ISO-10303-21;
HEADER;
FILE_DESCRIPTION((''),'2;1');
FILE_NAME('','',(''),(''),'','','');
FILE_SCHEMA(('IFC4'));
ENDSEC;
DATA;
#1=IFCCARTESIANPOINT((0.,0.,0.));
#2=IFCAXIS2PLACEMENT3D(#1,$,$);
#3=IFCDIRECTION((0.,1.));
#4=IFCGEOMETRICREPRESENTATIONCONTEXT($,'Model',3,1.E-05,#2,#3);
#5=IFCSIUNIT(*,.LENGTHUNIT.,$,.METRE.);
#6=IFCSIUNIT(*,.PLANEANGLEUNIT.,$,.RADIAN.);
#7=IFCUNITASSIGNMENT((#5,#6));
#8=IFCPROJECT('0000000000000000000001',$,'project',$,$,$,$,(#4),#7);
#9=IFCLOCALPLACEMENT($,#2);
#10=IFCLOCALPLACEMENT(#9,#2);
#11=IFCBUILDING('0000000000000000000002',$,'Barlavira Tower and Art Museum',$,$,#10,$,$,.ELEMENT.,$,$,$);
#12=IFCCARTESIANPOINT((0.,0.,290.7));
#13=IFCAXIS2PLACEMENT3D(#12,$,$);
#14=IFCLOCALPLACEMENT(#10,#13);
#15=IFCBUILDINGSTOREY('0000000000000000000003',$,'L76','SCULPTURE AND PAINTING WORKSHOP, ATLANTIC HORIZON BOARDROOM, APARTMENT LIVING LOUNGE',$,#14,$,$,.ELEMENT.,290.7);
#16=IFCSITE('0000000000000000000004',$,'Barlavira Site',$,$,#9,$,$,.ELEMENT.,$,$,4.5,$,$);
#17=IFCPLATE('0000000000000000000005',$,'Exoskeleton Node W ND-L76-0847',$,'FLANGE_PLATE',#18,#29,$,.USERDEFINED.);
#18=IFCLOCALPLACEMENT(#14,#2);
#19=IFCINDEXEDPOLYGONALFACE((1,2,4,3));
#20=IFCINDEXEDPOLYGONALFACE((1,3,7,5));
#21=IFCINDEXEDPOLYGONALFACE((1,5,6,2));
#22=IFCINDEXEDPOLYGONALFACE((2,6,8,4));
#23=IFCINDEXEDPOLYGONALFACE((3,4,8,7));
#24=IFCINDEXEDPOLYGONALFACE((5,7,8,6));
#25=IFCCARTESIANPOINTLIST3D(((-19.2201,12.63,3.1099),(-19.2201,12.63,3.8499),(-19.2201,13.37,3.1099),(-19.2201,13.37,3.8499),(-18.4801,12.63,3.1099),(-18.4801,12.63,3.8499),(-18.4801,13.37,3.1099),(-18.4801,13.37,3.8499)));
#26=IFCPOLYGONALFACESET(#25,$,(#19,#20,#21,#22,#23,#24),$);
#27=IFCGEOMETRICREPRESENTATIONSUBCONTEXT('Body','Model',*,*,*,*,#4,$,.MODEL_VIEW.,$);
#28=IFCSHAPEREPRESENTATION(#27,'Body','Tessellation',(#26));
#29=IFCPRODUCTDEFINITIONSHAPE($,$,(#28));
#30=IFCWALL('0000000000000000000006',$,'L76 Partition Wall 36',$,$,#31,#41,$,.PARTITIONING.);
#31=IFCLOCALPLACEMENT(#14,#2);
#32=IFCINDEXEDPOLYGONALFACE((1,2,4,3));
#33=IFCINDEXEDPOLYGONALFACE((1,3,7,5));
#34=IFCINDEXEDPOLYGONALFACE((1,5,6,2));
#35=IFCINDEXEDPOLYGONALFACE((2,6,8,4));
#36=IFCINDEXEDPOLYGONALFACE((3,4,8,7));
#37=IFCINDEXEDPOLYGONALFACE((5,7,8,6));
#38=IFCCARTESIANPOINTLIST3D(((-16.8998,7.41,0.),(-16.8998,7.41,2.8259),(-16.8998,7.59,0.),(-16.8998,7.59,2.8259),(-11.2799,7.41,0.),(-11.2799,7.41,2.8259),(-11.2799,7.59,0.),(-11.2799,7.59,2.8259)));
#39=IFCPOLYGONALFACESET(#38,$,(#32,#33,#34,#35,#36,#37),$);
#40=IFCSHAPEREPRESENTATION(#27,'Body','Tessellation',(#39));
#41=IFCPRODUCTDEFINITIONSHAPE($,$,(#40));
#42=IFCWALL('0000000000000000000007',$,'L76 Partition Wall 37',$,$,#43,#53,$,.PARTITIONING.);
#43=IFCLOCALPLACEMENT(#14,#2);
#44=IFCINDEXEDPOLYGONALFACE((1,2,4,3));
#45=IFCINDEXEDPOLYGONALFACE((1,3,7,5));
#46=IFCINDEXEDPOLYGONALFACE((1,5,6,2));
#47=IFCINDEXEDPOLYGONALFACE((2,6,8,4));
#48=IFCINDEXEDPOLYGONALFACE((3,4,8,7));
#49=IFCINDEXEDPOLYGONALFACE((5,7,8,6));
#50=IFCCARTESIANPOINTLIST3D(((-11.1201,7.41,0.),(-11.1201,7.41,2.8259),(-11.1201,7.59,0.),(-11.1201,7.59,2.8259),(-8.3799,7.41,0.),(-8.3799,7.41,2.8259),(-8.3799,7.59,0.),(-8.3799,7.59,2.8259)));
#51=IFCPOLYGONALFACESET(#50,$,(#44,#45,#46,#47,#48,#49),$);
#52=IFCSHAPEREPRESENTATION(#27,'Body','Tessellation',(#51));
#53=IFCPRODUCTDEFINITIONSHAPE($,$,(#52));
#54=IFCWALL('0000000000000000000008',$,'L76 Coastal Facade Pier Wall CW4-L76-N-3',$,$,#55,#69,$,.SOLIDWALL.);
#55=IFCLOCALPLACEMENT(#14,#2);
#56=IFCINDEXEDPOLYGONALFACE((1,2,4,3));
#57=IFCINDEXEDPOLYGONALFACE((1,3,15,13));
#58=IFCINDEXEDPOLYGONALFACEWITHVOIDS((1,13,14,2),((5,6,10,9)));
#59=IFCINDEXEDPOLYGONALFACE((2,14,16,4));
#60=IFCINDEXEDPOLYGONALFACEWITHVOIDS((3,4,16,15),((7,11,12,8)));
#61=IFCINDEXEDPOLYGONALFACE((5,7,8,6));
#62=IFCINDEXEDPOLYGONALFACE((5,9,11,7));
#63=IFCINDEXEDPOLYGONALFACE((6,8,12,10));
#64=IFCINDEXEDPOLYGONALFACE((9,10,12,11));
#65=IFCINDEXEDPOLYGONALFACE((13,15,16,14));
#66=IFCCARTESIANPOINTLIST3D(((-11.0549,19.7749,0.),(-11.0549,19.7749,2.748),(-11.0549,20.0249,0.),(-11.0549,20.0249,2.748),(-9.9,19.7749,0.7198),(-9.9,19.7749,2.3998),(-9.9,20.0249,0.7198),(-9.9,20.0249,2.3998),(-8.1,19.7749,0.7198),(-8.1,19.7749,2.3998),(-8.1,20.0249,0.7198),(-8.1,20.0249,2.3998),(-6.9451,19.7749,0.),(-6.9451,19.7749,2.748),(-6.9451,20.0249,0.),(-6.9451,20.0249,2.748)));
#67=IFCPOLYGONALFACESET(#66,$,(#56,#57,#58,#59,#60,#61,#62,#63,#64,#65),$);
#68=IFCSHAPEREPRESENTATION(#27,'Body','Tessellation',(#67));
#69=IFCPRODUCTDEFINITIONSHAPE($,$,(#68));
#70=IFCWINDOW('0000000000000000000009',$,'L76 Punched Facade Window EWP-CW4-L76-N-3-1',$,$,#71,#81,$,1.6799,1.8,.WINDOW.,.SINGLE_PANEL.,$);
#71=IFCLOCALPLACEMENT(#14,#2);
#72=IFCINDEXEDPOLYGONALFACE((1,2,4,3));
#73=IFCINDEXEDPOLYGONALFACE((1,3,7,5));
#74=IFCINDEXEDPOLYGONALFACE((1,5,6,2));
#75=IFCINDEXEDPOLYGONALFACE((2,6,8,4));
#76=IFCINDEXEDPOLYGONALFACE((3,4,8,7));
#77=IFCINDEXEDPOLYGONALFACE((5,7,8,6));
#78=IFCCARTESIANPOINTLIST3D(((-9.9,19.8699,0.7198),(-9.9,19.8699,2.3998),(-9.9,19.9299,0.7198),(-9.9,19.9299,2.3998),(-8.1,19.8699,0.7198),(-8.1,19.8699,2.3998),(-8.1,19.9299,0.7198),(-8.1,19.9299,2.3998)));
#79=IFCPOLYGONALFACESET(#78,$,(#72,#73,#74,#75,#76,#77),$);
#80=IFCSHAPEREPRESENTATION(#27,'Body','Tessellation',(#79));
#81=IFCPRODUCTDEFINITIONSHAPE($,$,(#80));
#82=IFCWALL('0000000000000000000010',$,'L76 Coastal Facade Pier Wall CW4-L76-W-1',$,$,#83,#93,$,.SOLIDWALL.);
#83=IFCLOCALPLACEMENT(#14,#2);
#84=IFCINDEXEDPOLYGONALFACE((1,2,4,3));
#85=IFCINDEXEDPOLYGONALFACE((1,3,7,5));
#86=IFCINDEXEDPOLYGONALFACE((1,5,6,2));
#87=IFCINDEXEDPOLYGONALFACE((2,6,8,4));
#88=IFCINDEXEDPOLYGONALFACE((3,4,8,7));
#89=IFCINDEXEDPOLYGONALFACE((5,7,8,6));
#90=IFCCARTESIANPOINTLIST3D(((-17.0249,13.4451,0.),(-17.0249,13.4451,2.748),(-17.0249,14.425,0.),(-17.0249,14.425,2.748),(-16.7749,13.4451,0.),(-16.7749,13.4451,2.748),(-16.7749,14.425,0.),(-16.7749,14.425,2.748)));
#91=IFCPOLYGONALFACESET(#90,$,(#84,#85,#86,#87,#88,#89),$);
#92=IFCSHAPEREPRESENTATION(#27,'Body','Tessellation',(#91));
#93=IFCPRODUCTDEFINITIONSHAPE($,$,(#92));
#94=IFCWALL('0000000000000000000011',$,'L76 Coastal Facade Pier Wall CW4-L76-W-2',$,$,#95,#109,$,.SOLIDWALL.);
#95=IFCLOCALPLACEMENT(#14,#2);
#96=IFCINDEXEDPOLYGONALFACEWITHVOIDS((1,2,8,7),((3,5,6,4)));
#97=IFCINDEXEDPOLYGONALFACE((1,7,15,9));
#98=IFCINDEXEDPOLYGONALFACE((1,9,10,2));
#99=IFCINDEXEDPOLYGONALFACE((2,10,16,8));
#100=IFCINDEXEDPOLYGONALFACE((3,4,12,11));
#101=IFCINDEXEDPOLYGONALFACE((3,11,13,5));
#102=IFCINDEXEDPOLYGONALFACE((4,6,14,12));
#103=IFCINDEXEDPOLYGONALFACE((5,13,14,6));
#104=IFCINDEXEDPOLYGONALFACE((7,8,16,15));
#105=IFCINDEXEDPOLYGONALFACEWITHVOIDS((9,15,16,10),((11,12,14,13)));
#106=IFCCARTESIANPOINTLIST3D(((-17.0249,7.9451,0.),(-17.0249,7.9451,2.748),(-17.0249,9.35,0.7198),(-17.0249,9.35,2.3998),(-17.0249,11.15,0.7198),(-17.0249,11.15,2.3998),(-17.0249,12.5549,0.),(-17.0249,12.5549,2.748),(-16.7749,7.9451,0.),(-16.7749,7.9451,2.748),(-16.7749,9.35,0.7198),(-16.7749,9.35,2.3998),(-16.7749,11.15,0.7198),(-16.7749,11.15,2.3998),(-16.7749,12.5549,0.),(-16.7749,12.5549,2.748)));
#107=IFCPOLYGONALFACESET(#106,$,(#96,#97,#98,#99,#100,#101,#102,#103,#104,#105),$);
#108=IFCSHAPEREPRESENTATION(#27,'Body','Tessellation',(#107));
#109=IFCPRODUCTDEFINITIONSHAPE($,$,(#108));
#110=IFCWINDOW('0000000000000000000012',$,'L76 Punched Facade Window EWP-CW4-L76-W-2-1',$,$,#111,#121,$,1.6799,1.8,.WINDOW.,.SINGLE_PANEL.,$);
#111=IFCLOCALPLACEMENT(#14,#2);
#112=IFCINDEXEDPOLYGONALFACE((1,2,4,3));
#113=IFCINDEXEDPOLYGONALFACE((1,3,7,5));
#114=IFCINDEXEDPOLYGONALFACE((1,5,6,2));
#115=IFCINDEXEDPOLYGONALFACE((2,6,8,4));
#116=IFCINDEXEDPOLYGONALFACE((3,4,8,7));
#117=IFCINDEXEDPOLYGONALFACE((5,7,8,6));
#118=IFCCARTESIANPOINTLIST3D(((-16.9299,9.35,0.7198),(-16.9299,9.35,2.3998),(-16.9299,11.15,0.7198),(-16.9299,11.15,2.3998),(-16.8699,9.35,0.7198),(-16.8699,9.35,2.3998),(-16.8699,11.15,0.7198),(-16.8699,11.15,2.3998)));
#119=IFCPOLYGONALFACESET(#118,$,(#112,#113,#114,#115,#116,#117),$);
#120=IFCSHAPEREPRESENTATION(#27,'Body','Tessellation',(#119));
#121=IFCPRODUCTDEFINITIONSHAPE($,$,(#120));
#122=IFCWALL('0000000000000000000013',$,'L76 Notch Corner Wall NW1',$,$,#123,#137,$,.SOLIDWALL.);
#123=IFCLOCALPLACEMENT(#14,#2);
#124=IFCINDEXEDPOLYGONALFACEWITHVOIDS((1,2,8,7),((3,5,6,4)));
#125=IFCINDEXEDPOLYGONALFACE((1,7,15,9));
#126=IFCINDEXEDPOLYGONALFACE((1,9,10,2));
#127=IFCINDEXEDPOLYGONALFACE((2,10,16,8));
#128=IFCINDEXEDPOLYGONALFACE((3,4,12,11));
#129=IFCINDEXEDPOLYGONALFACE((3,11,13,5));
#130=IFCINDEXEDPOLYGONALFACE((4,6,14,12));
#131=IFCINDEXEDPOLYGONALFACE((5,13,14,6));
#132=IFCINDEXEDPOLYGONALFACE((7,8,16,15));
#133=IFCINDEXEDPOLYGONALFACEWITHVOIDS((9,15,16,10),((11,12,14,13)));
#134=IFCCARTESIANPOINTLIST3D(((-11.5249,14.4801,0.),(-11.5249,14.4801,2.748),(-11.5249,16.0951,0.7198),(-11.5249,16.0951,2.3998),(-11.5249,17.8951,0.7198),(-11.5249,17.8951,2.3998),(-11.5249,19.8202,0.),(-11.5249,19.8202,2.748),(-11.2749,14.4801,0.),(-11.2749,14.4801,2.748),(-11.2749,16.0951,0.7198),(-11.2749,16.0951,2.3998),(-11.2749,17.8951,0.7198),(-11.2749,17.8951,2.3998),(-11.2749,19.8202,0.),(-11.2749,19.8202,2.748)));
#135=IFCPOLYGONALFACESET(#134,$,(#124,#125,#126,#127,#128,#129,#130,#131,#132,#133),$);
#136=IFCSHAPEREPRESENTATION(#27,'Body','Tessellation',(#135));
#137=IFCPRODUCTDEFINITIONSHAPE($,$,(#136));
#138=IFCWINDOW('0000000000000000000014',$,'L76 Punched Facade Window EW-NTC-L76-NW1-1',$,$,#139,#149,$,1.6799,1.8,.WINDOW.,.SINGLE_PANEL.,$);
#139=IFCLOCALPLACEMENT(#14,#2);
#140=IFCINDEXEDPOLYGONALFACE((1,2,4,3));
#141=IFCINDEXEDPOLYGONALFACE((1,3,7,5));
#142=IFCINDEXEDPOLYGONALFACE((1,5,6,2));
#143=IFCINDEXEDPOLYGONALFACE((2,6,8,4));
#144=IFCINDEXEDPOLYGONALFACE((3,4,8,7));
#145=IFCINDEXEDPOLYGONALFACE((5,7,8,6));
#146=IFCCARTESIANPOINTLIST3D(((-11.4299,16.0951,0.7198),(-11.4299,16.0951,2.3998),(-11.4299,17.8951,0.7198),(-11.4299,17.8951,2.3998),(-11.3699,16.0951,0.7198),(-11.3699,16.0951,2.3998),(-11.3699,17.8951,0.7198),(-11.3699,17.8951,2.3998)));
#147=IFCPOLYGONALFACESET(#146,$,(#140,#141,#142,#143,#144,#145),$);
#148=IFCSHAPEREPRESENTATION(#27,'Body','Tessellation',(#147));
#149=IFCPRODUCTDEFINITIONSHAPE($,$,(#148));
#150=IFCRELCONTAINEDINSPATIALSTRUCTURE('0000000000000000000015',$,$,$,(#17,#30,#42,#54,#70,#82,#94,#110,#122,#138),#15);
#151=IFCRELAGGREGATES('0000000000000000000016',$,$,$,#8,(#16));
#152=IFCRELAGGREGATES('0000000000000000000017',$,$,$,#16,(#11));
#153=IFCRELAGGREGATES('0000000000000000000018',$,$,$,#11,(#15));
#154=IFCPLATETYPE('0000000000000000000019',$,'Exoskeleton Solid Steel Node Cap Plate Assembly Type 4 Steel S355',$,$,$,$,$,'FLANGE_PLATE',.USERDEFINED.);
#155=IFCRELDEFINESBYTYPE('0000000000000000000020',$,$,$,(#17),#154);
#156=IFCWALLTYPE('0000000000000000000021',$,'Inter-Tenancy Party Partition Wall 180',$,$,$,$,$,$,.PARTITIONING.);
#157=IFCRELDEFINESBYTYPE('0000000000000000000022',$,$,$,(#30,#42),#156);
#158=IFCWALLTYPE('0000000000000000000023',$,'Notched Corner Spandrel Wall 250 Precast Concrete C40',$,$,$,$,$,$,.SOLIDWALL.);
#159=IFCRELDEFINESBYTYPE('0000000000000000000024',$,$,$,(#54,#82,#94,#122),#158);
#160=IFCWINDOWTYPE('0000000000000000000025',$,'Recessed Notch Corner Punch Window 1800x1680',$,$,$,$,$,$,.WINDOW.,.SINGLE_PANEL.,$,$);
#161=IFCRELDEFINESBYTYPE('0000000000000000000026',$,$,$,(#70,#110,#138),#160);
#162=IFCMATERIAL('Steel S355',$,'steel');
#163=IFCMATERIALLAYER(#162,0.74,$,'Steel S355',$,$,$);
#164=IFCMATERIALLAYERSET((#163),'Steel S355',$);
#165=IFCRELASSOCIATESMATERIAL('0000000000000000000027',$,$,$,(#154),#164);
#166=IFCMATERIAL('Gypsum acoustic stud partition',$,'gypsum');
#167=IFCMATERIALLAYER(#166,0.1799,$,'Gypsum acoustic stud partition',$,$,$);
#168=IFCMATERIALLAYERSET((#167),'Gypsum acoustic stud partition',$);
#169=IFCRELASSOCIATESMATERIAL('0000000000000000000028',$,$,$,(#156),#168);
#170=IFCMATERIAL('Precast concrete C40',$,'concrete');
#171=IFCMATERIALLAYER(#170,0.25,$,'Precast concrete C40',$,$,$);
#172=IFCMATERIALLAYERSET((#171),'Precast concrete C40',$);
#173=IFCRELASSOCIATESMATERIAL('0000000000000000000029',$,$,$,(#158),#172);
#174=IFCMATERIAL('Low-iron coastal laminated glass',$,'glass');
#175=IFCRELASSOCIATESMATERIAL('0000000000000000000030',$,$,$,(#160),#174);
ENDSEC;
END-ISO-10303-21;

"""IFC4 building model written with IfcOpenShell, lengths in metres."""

from ifc_helpers import new_model, si_unit, direction, frame, frame_2d, origin, origin_2d, place, context, subcontext, project, spatial, rectangle, extrude, material, layer, layer_set, type_object, element, fill, save


model = new_model("IFC4")

# Units and contexts
model_context = context("Model", 3, precision=1e-05, world=origin(), true_north=direction((0.0, 1.0)))
body_context = subcontext(model_context, "Body", "Model", "MODEL_VIEW")
ifc_project = project(units=[si_unit("LENGTHUNIT", "METRE"), si_unit("PLANEANGLEUNIT", "RADIAN")], contexts=[model_context])

# Site, building, storey
site_placement = place(None, origin())
site = spatial("IfcSite", under=ifc_project, at=site_placement, Name="Barlavira Site", CompositionType="ELEMENT", RefElevation=4.5)
building_placement = place(site_placement, origin())
building = spatial("IfcBuilding", under=site, at=building_placement, Name="Barlavira Tower and Art Museum", CompositionType="ELEMENT")
storey_placement = place(building_placement, frame((0.0, 0.0, 290.7)))
storey = spatial("IfcBuildingStorey", under=building, at=storey_placement, Name="L76", Description="SCULPTURE AND PAINTING WORKSHOP, ATLANTIC HORIZON BOARDROOM, APARTMENT LIVING LOUNGE", CompositionType="ELEMENT", Elevation=290.7)

# Shared definitions
ifc_material_1 = material(Name="Steel S355", Category="steel")

# Plate
ifc_layer_1 = layer(ifc_material_1, 0.74, Name="Steel S355")
ifc_layer_set_1 = layer_set([ifc_layer_1], Name="Steel S355")
plate_type = type_object("IfcPlateType", Name="Exoskeleton Solid Steel Node Cap Plate Assembly Type 4 Steel S355", ElementType="FLANGE_PLATE", PredefinedType="USERDEFINED", material=ifc_layer_set_1)
for number, where, z_axis, x_axis, name in (
    (1, (-18.8501, 13.0, 3.1099), (0.0, 0.0, 1.0), (1.0, 0.0, 0.0), "Exoskeleton Node W ND-L76-0847"),
):
    element("IfcPlate", number, at=place(storey_placement, frame(where, z_axis=z_axis, x_axis=x_axis)), inside=storey, type_object=plate_type, Name=name, ObjectType="FLANGE_PLATE", PredefinedType="USERDEFINED", context=body_context, shape_type="SweptSolid", body=[
        extrude(rectangle(XDim=0.74, YDim=0.74, at=origin_2d()), origin(), (0.0, 0.0, 1.0), 0.74),
    ])

# Walls
ifc_material_2 = material(Name="Gypsum acoustic stud partition", Category="gypsum")
ifc_layer_2 = layer(ifc_material_2, 0.1799, Name="Gypsum acoustic stud partition")
ifc_layer_set_2 = layer_set([ifc_layer_2], Name="Gypsum acoustic stud partition")
wall_type_1 = type_object("IfcWallType", Name="Inter-Tenancy Party Partition Wall 180", PredefinedType="PARTITIONING", material=ifc_layer_set_2)
wall_1_placement = place(storey_placement, frame((-16.8999, 7.5, 0.0), z_axis=(0.0, 0.0, 1.0), x_axis=(1.0, 0.0, 0.0)))
element("IfcWall", 2, at=wall_1_placement, inside=storey, type_object=wall_type_1, Name="L76 Partition Wall 36", PredefinedType="PARTITIONING", context=body_context, shape_type="SweptSolid", body=[
    extrude(rectangle(XDim=5.6199, YDim=0.1799, at=frame_2d((2.8101, 0.0))), origin(), (0.0, 0.0, 1.0), 2.8259),
])
wall_2_placement = place(storey_placement, frame((-11.1201, 7.5, 0.0), z_axis=(0.0, 0.0, 1.0), x_axis=(1.0, 0.0, 0.0)))
element("IfcWall", 3, at=wall_2_placement, inside=storey, type_object=wall_type_1, Name="L76 Partition Wall 37", PredefinedType="PARTITIONING", context=body_context, shape_type="SweptSolid", body=[
    extrude(rectangle(XDim=2.7402, YDim=0.1799, at=frame_2d((1.3701, 0.0))), origin(), (0.0, 0.0, 1.0), 2.8259),
])

# Wall, opening, window
ifc_material_3 = material(Name="Precast concrete C40", Category="concrete")
ifc_layer_3 = layer(ifc_material_3, 0.25, Name="Precast concrete C40")
ifc_layer_set_3 = layer_set([ifc_layer_3], Name="Precast concrete C40")
wall_type_2 = type_object("IfcWallType", Name="Notched Corner Spandrel Wall 250 Precast Concrete C40", PredefinedType="SOLIDWALL", material=ifc_layer_set_3)
wall_3_placement = place(storey_placement, frame((-6.9451, 19.8999, 0.0), z_axis=(0.0, 0.0, 1.0), x_axis=(-1.0, 0.0, 0.0)))
wall_3 = element("IfcWall", 4, at=wall_3_placement, inside=storey, type_object=wall_type_2, Name="L76 Coastal Facade Pier Wall CW4-L76-N-3", PredefinedType="SOLIDWALL", context=body_context, shape_type="SweptSolid", body=[
    extrude(rectangle(XDim=4.1099, YDim=0.25, at=frame_2d((2.0549, 0.0))), origin(), (0.0, 0.0, 1.0), 2.748),
])
opening_1_placement = place(wall_3_placement, frame((1.155, 0.0, 0.72)))
opening_1 = element("IfcOpeningElement", 5, at=opening_1_placement, cuts=wall_3, PredefinedType="OPENING", context=body_context, shape_type="SweptSolid", body=[
    extrude(rectangle(XDim=1.8, YDim=1.6799, at=frame_2d((0.8999, 0.8398))), frame((0.0, 0.135, 0.0), z_axis=(0.0, -1.0, 0.0), x_axis=(1.0, 0.0, 0.0)), (0.0, 0.0, 1.0), 0.27),
])
ifc_material_4 = material(Name="Low-iron coastal laminated glass", Category="glass")
window_type = type_object("IfcWindowType", Name="Recessed Notch Corner Punch Window 1800x1680", PartitioningType="SINGLE_PANEL", PredefinedType="WINDOW", material=ifc_material_4)
window_1_placement = place(opening_1_placement, origin())
window_1 = element("IfcWindow", 6, at=window_1_placement, inside=storey, type_object=window_type, Name="L76 Punched Facade Window EWP-CW4-L76-N-3-1", OverallHeight=1.6799, OverallWidth=1.8, PartitioningType="SINGLE_PANEL", PredefinedType="WINDOW", context=body_context, shape_type="SweptSolid", body=[
    extrude(rectangle(XDim=1.8, YDim=1.6799, at=frame_2d((0.8999, 0.8398))), frame((0.0, 0.03, 0.0), z_axis=(0.0, -1.0, 0.0), x_axis=(1.0, 0.0, 0.0)), (0.0, 0.0, 1.0), 0.0601),
])
fill(opening_1, window_1)

# Wall
wall_4_placement = place(storey_placement, frame((-16.8999, 14.425, 0.0), z_axis=(0.0, 0.0, 1.0), x_axis=(0.0, -1.0, 0.0)))
element("IfcWall", 7, at=wall_4_placement, inside=storey, type_object=wall_type_2, Name="L76 Coastal Facade Pier Wall CW4-L76-W-1", PredefinedType="SOLIDWALL", context=body_context, shape_type="SweptSolid", body=[
    extrude(rectangle(XDim=0.98, YDim=0.25, at=frame_2d((0.49, 0.0))), origin(), (0.0, 0.0, 1.0), 2.748),
])

# Walls, openings, windows
wall_5_placement = place(storey_placement, frame((-16.8999, 12.5549, 0.0), z_axis=(0.0, 0.0, 1.0), x_axis=(0.0, -1.0, 0.0)))
wall_5 = element("IfcWall", 8, at=wall_5_placement, inside=storey, type_object=wall_type_2, Name="L76 Coastal Facade Pier Wall CW4-L76-W-2", PredefinedType="SOLIDWALL", context=body_context, shape_type="SweptSolid", body=[
    extrude(rectangle(XDim=4.6099, YDim=0.25, at=frame_2d((2.3049, 0.0))), origin(), (0.0, 0.0, 1.0), 2.748),
])
opening_2_placement = place(wall_5_placement, frame((1.405, 0.0, 0.72)))
opening_2 = element("IfcOpeningElement", 9, at=opening_2_placement, cuts=wall_5, PredefinedType="OPENING", context=body_context, shape_type="SweptSolid", body=[
    extrude(rectangle(XDim=1.8, YDim=1.6799, at=frame_2d((0.8999, 0.8398))), frame((0.0, 0.135, 0.0), z_axis=(0.0, -1.0, 0.0), x_axis=(1.0, 0.0, 0.0)), (0.0, 0.0, 1.0), 0.27),
])
window_2_placement = place(opening_2_placement, origin())
window_2 = element("IfcWindow", 10, at=window_2_placement, inside=storey, type_object=window_type, Name="L76 Punched Facade Window EWP-CW4-L76-W-2-1", OverallHeight=1.6799, OverallWidth=1.8, PartitioningType="SINGLE_PANEL", PredefinedType="WINDOW", context=body_context, shape_type="SweptSolid", body=[
    extrude(rectangle(XDim=1.8, YDim=1.6799, at=frame_2d((0.8999, 0.8398))), frame((0.0, 0.03, 0.0), z_axis=(0.0, -1.0, 0.0), x_axis=(1.0, 0.0, 0.0)), (0.0, 0.0, 1.0), 0.0601),
])
fill(opening_2, window_2)
wall_6_placement = place(storey_placement, frame((-11.3999, 19.8201, 0.0), z_axis=(0.0, 0.0, 1.0), x_axis=(0.0, -1.0, 0.0)))
wall_6 = element("IfcWall", 11, at=wall_6_placement, inside=storey, type_object=wall_type_2, Name="L76 Notch Corner Wall NW1", PredefinedType="SOLIDWALL", context=body_context, shape_type="SweptSolid", body=[
    extrude(rectangle(XDim=5.3401, YDim=0.25, at=frame_2d((2.6699, 0.0))), origin(), (0.0, 0.0, 1.0), 2.748),
])
opening_3_placement = place(wall_6_placement, frame((1.925, 0.0, 0.72)))
opening_3 = element("IfcOpeningElement", 12, at=opening_3_placement, cuts=wall_6, PredefinedType="OPENING", context=body_context, shape_type="SweptSolid", body=[
    extrude(rectangle(XDim=1.8, YDim=1.6799, at=frame_2d((0.8999, 0.8398))), frame((0.0, 0.135, 0.0), z_axis=(0.0, -1.0, 0.0), x_axis=(1.0, 0.0, 0.0)), (0.0, 0.0, 1.0), 0.27),
])
window_3_placement = place(opening_3_placement, origin())
window_3 = element("IfcWindow", 13, at=window_3_placement, inside=storey, type_object=window_type, Name="L76 Punched Facade Window EW-NTC-L76-NW1-1", OverallHeight=1.6799, OverallWidth=1.8, PartitioningType="SINGLE_PANEL", PredefinedType="WINDOW", context=body_context, shape_type="SweptSolid", body=[
    extrude(rectangle(XDim=1.8, YDim=1.6799, at=frame_2d((0.8999, 0.8398))), frame((0.0, 0.03, 0.0), z_axis=(0.0, -1.0, 0.0), x_axis=(1.0, 0.0, 0.0)), (0.0, 0.0, 1.0), 0.0601),
])
fill(opening_3, window_3)

save(model, "model.ifc")
